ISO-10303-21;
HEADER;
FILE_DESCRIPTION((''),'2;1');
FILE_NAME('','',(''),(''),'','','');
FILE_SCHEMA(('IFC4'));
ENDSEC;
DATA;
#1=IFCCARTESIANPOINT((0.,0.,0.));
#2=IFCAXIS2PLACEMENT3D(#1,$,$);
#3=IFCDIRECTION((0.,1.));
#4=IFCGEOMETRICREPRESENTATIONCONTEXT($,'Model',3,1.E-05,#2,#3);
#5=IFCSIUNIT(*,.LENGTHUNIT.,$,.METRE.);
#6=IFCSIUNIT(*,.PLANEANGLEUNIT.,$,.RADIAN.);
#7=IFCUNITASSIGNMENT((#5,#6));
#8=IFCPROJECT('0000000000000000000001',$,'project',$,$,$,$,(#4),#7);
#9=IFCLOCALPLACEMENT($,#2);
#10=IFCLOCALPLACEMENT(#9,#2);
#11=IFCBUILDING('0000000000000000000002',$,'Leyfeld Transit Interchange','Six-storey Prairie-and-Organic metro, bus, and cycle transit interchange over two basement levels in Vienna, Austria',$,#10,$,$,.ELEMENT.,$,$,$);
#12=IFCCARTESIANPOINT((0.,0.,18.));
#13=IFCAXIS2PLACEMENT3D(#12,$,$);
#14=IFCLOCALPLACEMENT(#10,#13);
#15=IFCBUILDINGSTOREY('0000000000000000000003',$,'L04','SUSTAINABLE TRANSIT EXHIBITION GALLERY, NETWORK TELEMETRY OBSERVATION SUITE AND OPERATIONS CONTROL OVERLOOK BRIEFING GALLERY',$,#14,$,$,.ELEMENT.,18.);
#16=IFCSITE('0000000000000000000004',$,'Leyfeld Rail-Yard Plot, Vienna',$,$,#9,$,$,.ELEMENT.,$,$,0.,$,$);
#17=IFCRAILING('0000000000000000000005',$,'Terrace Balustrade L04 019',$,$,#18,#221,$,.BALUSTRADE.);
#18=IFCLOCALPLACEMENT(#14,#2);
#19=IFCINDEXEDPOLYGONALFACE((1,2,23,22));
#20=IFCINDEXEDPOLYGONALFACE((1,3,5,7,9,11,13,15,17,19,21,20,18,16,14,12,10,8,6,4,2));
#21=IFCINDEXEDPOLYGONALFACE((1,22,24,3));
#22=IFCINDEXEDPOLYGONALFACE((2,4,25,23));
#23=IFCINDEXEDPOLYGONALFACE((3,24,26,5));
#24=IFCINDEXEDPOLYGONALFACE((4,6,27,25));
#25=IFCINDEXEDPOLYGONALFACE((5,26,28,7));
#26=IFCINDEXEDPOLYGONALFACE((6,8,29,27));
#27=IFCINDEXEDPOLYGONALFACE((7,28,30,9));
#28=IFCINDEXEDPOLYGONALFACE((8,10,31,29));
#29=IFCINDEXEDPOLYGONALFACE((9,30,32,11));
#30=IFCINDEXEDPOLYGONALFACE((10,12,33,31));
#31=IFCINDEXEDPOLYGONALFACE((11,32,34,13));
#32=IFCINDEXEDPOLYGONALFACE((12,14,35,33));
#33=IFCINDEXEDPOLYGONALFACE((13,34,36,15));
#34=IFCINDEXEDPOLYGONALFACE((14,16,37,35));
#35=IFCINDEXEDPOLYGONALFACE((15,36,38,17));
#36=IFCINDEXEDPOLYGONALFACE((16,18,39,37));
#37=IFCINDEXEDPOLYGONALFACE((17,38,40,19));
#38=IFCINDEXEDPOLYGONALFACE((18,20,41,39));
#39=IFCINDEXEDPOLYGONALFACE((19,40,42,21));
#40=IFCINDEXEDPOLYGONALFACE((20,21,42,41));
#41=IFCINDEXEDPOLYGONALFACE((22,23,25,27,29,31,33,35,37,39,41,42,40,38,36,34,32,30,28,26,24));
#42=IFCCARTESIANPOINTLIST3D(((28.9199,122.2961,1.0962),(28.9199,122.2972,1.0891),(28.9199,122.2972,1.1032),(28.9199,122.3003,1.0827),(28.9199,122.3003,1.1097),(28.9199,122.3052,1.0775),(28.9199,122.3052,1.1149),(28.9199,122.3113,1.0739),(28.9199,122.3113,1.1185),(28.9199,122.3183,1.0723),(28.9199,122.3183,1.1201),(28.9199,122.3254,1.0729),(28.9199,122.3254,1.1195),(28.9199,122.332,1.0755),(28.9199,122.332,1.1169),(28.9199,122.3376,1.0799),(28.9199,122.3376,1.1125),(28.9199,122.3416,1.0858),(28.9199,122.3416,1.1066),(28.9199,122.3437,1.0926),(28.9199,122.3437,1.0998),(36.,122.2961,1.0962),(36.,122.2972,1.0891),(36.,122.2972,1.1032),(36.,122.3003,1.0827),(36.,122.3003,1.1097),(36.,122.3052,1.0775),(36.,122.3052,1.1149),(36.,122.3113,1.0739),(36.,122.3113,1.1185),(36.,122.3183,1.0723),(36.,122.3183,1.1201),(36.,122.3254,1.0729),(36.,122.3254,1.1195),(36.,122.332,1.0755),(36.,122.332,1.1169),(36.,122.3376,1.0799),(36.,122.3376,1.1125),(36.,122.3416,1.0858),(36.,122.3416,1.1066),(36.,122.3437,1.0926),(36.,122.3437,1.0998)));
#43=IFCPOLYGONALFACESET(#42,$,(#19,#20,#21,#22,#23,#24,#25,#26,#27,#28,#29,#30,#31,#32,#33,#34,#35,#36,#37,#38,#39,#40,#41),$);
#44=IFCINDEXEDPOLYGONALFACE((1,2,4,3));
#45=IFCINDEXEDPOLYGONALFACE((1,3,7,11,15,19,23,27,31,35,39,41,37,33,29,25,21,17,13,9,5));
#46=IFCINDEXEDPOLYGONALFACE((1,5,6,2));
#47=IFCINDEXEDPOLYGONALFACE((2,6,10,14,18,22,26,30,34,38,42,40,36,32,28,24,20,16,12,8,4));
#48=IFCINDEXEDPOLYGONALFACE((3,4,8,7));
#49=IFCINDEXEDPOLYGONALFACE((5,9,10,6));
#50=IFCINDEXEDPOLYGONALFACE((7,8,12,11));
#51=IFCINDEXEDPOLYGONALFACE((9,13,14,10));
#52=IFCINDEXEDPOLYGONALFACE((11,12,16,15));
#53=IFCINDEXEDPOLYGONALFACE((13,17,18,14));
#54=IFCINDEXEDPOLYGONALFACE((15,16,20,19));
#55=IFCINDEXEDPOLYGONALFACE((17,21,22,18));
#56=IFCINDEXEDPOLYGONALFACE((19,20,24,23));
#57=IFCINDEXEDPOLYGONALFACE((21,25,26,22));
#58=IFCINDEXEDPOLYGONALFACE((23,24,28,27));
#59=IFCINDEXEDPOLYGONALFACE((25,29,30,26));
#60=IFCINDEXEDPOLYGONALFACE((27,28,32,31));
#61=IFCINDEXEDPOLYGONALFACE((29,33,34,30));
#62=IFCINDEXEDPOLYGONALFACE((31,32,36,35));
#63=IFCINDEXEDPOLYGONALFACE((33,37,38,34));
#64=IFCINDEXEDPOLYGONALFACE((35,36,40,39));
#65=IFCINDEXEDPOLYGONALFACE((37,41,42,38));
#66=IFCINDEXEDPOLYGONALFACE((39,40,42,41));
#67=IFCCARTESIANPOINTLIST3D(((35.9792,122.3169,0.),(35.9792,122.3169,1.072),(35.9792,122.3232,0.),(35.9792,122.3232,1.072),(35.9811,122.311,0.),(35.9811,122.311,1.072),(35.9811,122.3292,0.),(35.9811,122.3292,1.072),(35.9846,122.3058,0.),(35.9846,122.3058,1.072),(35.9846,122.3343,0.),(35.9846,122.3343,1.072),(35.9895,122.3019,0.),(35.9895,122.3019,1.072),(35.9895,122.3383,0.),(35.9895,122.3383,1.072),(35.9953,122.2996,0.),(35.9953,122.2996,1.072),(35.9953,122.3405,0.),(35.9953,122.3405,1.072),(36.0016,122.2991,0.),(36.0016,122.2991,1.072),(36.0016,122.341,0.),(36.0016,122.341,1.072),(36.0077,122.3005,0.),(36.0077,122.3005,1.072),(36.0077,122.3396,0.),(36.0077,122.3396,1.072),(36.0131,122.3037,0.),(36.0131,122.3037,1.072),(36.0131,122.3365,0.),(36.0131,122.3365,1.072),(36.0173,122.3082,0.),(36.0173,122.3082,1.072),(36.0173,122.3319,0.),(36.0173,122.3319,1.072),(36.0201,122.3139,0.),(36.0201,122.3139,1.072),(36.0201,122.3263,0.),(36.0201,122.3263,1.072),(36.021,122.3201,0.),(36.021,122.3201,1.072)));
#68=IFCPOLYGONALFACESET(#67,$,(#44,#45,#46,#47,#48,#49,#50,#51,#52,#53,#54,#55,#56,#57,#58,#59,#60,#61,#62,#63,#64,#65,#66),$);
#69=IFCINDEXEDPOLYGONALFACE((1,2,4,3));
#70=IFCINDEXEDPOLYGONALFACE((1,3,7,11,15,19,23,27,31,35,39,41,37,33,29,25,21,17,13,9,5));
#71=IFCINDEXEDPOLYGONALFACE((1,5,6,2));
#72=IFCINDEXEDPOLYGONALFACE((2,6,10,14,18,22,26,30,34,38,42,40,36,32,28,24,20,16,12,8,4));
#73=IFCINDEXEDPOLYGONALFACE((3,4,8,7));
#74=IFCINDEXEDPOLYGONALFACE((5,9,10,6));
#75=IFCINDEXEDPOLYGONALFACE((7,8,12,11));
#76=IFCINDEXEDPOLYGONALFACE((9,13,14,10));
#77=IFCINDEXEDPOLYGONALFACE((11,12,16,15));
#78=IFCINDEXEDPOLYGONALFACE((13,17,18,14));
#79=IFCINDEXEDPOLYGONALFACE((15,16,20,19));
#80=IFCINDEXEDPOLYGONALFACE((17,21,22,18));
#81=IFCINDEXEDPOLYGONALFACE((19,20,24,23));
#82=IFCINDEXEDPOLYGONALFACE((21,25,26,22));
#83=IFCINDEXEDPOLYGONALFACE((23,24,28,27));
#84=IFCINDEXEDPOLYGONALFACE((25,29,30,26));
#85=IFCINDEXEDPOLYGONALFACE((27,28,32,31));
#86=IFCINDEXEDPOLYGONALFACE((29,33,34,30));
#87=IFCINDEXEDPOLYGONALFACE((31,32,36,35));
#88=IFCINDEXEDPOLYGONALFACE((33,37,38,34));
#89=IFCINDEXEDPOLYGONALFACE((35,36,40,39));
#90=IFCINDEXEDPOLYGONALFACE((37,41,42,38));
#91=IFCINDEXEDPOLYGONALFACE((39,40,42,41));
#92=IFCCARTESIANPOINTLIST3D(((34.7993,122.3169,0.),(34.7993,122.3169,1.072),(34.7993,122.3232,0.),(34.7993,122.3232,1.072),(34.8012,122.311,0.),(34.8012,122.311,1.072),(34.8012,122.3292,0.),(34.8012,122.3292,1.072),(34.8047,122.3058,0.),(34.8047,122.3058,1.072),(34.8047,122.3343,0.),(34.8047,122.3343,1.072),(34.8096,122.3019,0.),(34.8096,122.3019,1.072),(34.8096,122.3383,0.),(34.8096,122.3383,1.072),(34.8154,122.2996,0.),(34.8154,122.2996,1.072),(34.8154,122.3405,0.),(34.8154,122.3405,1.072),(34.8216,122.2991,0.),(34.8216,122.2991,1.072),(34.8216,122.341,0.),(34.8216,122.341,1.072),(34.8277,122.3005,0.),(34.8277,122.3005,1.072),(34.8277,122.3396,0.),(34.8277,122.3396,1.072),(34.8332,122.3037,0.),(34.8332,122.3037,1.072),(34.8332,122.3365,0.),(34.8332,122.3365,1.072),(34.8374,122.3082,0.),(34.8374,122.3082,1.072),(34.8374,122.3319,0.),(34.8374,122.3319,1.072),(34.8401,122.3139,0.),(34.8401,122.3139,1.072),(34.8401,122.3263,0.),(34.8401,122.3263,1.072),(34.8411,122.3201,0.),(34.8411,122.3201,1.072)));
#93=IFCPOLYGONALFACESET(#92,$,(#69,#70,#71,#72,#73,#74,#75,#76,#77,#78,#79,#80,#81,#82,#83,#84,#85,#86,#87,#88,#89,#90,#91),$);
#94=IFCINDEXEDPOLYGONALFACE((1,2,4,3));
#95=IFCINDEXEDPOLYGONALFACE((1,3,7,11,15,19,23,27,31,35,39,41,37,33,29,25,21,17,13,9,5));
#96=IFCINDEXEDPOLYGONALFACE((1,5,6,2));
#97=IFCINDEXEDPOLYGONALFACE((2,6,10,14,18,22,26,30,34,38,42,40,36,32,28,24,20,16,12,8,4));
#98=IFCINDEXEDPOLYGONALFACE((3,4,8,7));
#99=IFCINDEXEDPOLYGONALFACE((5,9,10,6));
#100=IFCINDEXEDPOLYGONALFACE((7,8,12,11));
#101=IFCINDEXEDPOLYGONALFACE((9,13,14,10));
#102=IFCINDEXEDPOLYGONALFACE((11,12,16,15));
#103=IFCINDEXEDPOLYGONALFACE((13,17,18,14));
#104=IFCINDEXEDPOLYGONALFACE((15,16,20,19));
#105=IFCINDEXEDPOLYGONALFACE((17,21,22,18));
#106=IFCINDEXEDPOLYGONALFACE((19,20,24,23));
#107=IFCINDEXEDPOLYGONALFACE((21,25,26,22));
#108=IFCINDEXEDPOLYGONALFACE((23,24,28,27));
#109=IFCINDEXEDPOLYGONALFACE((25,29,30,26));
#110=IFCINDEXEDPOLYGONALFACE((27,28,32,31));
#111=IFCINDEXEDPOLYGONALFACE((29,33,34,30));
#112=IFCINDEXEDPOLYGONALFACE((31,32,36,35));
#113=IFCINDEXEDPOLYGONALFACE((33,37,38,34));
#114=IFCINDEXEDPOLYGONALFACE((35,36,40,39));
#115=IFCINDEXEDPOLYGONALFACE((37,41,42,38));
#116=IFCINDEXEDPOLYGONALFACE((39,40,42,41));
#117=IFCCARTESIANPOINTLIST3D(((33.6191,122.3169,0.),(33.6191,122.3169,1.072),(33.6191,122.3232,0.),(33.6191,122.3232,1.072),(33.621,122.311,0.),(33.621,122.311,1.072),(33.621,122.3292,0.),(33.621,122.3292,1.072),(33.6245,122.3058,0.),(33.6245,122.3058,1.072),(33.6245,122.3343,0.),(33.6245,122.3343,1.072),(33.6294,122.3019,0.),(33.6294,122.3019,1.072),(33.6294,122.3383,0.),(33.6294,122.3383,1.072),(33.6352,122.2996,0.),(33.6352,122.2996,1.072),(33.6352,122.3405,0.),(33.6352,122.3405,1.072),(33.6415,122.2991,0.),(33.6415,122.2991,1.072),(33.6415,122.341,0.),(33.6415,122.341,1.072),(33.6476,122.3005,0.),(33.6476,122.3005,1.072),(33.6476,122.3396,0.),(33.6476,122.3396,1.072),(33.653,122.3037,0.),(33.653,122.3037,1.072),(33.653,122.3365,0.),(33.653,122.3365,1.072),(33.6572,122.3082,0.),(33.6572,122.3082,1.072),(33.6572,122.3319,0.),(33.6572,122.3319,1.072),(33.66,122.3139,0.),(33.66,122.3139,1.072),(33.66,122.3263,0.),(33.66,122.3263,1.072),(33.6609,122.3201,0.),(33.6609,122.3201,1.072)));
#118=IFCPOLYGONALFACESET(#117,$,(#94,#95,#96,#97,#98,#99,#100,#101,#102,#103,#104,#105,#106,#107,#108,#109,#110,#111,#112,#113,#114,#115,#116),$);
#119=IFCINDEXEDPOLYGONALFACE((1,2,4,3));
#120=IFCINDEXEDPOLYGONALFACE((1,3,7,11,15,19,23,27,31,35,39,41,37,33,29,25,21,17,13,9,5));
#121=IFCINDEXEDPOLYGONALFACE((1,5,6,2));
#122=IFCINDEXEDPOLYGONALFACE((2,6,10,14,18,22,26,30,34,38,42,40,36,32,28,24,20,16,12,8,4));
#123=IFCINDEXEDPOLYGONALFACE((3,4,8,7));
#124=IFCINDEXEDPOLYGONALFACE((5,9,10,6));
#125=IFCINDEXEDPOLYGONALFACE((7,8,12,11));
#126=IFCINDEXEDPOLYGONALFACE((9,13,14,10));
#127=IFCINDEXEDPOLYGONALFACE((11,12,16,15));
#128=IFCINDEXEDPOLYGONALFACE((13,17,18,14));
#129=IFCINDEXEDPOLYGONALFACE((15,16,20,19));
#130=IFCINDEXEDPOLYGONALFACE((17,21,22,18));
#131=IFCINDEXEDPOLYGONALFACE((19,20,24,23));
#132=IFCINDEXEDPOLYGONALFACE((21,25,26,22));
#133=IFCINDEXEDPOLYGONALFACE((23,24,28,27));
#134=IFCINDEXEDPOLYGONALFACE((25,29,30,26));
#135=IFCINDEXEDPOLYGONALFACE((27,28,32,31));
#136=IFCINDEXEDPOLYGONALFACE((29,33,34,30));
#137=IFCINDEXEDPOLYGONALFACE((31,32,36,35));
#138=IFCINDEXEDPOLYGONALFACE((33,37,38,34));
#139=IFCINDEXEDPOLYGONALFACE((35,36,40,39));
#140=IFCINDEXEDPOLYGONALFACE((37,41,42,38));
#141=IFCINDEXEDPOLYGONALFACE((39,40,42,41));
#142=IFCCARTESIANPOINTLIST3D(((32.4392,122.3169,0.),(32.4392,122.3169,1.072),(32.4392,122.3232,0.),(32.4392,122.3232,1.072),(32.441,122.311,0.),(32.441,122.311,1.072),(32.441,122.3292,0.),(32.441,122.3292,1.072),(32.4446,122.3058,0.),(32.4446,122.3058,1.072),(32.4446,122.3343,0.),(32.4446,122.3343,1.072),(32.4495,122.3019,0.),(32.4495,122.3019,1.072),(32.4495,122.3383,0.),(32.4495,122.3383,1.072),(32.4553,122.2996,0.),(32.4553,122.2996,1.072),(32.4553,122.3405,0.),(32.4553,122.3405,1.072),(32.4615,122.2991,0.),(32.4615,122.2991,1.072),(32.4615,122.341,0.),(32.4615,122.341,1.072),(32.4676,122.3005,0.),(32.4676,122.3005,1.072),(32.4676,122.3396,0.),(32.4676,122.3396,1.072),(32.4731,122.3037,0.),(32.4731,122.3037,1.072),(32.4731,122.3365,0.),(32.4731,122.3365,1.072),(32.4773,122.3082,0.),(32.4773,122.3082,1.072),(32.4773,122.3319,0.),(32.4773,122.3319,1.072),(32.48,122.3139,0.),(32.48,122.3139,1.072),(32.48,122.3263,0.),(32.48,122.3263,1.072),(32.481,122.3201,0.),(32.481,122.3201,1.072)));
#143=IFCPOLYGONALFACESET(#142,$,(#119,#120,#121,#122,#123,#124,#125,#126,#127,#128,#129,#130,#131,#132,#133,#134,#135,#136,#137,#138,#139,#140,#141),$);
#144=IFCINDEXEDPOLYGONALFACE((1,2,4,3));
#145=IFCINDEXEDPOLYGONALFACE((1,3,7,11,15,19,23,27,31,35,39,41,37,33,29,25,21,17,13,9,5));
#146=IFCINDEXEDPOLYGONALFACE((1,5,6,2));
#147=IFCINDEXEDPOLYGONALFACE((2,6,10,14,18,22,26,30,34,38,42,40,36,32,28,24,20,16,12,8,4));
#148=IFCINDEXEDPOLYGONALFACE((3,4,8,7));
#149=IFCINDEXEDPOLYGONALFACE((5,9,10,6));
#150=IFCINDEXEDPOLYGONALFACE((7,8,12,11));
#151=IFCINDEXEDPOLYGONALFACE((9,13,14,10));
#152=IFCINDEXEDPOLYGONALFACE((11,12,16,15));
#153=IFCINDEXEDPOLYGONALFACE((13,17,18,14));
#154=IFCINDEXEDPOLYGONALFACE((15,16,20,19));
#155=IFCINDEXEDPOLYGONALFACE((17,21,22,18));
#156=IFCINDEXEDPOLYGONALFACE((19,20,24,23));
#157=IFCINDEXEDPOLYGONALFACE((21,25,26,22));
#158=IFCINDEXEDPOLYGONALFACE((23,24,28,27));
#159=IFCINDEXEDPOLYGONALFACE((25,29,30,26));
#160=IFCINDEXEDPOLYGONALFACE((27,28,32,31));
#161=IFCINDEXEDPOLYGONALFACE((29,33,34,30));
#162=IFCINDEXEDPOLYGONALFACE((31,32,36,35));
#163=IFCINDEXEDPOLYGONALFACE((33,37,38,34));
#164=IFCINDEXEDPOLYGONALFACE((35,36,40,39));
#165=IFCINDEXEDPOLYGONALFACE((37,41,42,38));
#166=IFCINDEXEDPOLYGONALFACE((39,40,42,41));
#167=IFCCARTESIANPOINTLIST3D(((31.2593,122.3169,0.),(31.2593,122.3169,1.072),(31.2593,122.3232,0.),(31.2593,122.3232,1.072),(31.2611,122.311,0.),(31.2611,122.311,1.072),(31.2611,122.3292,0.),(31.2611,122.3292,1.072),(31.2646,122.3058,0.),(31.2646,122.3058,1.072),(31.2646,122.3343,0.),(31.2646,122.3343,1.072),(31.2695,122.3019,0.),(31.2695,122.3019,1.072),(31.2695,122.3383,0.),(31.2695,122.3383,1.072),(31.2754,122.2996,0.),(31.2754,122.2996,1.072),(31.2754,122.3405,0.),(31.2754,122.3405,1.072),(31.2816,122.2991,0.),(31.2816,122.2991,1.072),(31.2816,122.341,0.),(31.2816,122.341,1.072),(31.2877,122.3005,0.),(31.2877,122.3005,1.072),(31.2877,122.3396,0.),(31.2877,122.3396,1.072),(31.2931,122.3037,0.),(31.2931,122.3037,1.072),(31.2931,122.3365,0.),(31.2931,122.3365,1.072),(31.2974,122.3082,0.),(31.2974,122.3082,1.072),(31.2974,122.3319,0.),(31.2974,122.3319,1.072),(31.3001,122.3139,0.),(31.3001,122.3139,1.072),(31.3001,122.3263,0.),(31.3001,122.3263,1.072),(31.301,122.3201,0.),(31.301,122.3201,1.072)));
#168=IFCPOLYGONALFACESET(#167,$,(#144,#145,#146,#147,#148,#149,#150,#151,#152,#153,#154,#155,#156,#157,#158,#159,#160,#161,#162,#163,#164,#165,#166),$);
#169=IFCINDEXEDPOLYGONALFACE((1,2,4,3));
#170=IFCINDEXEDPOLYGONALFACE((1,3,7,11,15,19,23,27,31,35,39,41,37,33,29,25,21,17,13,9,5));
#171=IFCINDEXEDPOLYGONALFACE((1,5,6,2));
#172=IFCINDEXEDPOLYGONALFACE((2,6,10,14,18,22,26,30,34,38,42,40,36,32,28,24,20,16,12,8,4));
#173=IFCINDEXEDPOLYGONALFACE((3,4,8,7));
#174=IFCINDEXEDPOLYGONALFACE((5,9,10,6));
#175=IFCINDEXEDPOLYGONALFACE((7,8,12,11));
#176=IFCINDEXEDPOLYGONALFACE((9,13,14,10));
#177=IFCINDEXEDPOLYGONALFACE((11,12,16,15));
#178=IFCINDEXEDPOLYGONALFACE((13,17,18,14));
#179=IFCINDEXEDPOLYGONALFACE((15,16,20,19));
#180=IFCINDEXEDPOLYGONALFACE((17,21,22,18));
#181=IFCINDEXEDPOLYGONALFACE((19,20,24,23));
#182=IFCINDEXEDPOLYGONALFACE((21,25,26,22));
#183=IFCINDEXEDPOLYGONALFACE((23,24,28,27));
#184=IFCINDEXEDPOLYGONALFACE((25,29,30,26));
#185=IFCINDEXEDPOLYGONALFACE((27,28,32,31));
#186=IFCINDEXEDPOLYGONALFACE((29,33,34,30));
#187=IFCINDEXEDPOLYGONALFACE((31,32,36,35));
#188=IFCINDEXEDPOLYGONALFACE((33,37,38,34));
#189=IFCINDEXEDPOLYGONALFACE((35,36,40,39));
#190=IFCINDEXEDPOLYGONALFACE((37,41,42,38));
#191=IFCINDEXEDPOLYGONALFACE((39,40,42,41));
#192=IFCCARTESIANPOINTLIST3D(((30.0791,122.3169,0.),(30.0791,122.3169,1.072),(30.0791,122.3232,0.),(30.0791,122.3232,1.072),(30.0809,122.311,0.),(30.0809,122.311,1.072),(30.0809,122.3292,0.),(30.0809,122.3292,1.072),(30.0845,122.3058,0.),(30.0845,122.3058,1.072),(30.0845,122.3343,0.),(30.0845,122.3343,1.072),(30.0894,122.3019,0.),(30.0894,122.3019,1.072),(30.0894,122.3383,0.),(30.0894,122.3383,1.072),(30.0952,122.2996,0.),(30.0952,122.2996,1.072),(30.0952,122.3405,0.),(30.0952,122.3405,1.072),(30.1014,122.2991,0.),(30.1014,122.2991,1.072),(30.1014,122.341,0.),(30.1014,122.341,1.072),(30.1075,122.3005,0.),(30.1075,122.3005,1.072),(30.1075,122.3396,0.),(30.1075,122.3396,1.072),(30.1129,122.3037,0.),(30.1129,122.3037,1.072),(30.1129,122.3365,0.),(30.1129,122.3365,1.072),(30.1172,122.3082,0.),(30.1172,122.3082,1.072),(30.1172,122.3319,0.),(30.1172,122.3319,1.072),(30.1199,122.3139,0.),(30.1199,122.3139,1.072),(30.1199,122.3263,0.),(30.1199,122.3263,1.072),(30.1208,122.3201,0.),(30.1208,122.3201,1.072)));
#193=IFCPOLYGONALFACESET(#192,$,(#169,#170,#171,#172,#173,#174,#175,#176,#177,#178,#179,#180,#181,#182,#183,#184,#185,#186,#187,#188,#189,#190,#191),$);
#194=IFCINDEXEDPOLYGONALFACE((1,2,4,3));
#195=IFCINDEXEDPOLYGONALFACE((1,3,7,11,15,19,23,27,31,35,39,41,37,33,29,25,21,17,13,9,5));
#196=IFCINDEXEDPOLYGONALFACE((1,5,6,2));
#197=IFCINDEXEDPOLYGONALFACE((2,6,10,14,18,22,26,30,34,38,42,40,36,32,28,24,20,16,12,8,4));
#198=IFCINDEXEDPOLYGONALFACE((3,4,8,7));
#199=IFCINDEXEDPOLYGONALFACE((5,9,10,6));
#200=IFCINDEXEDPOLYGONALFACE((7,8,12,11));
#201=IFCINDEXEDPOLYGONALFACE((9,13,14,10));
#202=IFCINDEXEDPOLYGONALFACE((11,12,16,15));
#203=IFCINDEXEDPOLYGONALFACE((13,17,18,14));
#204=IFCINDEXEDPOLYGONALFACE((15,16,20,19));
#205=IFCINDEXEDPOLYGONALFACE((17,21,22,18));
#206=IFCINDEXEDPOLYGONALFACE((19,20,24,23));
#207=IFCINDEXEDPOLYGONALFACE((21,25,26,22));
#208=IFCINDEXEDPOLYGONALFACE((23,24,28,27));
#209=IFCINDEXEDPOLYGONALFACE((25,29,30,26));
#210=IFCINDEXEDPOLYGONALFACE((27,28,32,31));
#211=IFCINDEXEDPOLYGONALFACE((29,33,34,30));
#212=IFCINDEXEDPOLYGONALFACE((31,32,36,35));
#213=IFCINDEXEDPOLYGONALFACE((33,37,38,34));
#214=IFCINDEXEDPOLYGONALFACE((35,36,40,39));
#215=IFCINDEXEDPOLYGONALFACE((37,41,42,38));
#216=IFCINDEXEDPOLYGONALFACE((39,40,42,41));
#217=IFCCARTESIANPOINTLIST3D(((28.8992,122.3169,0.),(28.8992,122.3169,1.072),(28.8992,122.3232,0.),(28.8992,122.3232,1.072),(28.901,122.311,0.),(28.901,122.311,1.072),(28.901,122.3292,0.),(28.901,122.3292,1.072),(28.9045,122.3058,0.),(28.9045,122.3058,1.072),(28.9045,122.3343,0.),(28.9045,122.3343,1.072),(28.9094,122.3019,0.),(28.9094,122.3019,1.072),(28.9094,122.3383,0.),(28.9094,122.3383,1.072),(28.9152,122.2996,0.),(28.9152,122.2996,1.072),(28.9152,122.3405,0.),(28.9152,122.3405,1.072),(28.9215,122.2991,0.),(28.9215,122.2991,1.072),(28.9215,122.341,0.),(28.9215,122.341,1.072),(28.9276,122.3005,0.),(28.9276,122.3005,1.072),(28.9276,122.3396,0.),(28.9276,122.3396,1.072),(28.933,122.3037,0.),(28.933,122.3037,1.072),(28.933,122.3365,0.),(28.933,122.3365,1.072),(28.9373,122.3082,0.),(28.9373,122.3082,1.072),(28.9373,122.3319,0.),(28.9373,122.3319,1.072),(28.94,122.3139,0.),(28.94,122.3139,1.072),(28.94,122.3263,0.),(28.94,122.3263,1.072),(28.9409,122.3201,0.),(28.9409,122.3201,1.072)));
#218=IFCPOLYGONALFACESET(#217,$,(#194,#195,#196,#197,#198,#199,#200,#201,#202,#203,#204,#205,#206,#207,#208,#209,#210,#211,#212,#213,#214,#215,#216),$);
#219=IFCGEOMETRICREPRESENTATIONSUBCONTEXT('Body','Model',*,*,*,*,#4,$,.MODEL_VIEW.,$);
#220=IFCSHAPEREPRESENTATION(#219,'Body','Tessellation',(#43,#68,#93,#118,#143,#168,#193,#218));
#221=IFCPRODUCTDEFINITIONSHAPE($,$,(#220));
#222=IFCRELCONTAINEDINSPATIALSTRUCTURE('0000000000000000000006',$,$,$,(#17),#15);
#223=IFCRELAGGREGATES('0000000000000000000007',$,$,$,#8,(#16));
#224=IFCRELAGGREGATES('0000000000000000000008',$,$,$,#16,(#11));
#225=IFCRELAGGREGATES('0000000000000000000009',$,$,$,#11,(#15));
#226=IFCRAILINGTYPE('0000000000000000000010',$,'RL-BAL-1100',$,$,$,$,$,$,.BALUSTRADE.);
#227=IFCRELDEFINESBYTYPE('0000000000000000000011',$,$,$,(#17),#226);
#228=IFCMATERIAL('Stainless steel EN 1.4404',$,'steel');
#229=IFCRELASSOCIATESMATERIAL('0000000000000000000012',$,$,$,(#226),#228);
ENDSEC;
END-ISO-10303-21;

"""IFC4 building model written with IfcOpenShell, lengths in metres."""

from ifc_helpers import new_model, si_unit, direction, frame, origin, origin_2d, place, context, subcontext, project, spatial, circle, extrude, material, type_object, element, save


model = new_model("IFC4")

# Units and contexts
model_context = context("Model", 3, precision=1e-05, world=origin(), true_north=direction((0.0, 1.0)))
body_context = subcontext(model_context, "Body", "Model", "MODEL_VIEW")
ifc_project = project(units=[si_unit("LENGTHUNIT", "METRE"), si_unit("PLANEANGLEUNIT", "RADIAN")], contexts=[model_context])

# Site, building, storey
site_placement = place(None, origin())
site = spatial("IfcSite", under=ifc_project, at=site_placement, Name="Leyfeld Rail-Yard Plot, Vienna", CompositionType="ELEMENT", RefElevation=0.0)
building_placement = place(site_placement, origin())
building = spatial("IfcBuilding", under=site, at=building_placement, Name="Leyfeld Transit Interchange", Description="Six-storey Prairie-and-Organic metro, bus, and cycle transit interchange over two basement levels in Vienna, Austria", CompositionType="ELEMENT")
storey_placement = place(building_placement, frame((0.0, 0.0, 18.0)))
storey = spatial("IfcBuildingStorey", under=building, at=storey_placement, Name="L04", Description="SUSTAINABLE TRANSIT EXHIBITION GALLERY, NETWORK TELEMETRY OBSERVATION SUITE AND OPERATIONS CONTROL OVERLOOK BRIEFING GALLERY", CompositionType="ELEMENT", Elevation=18.0)

# Shared definitions
ifc_material_1 = material(Name="Stainless steel EN 1.4404", Category="steel")

# Railing
railing_type_1 = type_object("IfcRailingType", Name="RL-BAL-1100", PredefinedType="BALUSTRADE", material=ifc_material_1)
railing_1_placement = place(storey_placement, frame((36.0, 122.3201, 0.0)))
element("IfcRailing", 1, at=railing_1_placement, inside=storey, type_object=railing_type_1, Name="Terrace Balustrade L04 019", PredefinedType="BALUSTRADE", context=body_context, shape_type="SweptSolid", body=[
    extrude(circle(Radius=0.0239, at=origin_2d()), frame((0.0, 0.0, 1.0962), z_axis=(-1.0, 0.0, 0.0), x_axis=(0.0, -1.0, 0.0)), (0.0, 0.0, 1.0), 7.0801),
    extrude(circle(Radius=0.021, at=origin_2d()), origin(), (0.0, 0.0, 1.0), 1.072),
    extrude(circle(Radius=0.021, at=origin_2d()), frame((-1.1799, 0.0, 0.0)), (0.0, 0.0, 1.0), 1.072),
    extrude(circle(Radius=0.021, at=origin_2d()), frame((-2.3601, 0.0, 0.0)), (0.0, 0.0, 1.0), 1.072),
    extrude(circle(Radius=0.021, at=origin_2d()), frame((-3.54, 0.0, 0.0)), (0.0, 0.0, 1.0), 1.072),
    extrude(circle(Radius=0.021, at=origin_2d()), frame((-4.72, 0.0, 0.0)), (0.0, 0.0, 1.0), 1.072),
    extrude(circle(Radius=0.021, at=origin_2d()), frame((-5.9001, 0.0, 0.0)), (0.0, 0.0, 1.0), 1.072),
    extrude(circle(Radius=0.021, at=origin_2d()), frame((-7.0801, 0.0, 0.0)), (0.0, 0.0, 1.0), 1.072),
])

save(model, "model.ifc")
